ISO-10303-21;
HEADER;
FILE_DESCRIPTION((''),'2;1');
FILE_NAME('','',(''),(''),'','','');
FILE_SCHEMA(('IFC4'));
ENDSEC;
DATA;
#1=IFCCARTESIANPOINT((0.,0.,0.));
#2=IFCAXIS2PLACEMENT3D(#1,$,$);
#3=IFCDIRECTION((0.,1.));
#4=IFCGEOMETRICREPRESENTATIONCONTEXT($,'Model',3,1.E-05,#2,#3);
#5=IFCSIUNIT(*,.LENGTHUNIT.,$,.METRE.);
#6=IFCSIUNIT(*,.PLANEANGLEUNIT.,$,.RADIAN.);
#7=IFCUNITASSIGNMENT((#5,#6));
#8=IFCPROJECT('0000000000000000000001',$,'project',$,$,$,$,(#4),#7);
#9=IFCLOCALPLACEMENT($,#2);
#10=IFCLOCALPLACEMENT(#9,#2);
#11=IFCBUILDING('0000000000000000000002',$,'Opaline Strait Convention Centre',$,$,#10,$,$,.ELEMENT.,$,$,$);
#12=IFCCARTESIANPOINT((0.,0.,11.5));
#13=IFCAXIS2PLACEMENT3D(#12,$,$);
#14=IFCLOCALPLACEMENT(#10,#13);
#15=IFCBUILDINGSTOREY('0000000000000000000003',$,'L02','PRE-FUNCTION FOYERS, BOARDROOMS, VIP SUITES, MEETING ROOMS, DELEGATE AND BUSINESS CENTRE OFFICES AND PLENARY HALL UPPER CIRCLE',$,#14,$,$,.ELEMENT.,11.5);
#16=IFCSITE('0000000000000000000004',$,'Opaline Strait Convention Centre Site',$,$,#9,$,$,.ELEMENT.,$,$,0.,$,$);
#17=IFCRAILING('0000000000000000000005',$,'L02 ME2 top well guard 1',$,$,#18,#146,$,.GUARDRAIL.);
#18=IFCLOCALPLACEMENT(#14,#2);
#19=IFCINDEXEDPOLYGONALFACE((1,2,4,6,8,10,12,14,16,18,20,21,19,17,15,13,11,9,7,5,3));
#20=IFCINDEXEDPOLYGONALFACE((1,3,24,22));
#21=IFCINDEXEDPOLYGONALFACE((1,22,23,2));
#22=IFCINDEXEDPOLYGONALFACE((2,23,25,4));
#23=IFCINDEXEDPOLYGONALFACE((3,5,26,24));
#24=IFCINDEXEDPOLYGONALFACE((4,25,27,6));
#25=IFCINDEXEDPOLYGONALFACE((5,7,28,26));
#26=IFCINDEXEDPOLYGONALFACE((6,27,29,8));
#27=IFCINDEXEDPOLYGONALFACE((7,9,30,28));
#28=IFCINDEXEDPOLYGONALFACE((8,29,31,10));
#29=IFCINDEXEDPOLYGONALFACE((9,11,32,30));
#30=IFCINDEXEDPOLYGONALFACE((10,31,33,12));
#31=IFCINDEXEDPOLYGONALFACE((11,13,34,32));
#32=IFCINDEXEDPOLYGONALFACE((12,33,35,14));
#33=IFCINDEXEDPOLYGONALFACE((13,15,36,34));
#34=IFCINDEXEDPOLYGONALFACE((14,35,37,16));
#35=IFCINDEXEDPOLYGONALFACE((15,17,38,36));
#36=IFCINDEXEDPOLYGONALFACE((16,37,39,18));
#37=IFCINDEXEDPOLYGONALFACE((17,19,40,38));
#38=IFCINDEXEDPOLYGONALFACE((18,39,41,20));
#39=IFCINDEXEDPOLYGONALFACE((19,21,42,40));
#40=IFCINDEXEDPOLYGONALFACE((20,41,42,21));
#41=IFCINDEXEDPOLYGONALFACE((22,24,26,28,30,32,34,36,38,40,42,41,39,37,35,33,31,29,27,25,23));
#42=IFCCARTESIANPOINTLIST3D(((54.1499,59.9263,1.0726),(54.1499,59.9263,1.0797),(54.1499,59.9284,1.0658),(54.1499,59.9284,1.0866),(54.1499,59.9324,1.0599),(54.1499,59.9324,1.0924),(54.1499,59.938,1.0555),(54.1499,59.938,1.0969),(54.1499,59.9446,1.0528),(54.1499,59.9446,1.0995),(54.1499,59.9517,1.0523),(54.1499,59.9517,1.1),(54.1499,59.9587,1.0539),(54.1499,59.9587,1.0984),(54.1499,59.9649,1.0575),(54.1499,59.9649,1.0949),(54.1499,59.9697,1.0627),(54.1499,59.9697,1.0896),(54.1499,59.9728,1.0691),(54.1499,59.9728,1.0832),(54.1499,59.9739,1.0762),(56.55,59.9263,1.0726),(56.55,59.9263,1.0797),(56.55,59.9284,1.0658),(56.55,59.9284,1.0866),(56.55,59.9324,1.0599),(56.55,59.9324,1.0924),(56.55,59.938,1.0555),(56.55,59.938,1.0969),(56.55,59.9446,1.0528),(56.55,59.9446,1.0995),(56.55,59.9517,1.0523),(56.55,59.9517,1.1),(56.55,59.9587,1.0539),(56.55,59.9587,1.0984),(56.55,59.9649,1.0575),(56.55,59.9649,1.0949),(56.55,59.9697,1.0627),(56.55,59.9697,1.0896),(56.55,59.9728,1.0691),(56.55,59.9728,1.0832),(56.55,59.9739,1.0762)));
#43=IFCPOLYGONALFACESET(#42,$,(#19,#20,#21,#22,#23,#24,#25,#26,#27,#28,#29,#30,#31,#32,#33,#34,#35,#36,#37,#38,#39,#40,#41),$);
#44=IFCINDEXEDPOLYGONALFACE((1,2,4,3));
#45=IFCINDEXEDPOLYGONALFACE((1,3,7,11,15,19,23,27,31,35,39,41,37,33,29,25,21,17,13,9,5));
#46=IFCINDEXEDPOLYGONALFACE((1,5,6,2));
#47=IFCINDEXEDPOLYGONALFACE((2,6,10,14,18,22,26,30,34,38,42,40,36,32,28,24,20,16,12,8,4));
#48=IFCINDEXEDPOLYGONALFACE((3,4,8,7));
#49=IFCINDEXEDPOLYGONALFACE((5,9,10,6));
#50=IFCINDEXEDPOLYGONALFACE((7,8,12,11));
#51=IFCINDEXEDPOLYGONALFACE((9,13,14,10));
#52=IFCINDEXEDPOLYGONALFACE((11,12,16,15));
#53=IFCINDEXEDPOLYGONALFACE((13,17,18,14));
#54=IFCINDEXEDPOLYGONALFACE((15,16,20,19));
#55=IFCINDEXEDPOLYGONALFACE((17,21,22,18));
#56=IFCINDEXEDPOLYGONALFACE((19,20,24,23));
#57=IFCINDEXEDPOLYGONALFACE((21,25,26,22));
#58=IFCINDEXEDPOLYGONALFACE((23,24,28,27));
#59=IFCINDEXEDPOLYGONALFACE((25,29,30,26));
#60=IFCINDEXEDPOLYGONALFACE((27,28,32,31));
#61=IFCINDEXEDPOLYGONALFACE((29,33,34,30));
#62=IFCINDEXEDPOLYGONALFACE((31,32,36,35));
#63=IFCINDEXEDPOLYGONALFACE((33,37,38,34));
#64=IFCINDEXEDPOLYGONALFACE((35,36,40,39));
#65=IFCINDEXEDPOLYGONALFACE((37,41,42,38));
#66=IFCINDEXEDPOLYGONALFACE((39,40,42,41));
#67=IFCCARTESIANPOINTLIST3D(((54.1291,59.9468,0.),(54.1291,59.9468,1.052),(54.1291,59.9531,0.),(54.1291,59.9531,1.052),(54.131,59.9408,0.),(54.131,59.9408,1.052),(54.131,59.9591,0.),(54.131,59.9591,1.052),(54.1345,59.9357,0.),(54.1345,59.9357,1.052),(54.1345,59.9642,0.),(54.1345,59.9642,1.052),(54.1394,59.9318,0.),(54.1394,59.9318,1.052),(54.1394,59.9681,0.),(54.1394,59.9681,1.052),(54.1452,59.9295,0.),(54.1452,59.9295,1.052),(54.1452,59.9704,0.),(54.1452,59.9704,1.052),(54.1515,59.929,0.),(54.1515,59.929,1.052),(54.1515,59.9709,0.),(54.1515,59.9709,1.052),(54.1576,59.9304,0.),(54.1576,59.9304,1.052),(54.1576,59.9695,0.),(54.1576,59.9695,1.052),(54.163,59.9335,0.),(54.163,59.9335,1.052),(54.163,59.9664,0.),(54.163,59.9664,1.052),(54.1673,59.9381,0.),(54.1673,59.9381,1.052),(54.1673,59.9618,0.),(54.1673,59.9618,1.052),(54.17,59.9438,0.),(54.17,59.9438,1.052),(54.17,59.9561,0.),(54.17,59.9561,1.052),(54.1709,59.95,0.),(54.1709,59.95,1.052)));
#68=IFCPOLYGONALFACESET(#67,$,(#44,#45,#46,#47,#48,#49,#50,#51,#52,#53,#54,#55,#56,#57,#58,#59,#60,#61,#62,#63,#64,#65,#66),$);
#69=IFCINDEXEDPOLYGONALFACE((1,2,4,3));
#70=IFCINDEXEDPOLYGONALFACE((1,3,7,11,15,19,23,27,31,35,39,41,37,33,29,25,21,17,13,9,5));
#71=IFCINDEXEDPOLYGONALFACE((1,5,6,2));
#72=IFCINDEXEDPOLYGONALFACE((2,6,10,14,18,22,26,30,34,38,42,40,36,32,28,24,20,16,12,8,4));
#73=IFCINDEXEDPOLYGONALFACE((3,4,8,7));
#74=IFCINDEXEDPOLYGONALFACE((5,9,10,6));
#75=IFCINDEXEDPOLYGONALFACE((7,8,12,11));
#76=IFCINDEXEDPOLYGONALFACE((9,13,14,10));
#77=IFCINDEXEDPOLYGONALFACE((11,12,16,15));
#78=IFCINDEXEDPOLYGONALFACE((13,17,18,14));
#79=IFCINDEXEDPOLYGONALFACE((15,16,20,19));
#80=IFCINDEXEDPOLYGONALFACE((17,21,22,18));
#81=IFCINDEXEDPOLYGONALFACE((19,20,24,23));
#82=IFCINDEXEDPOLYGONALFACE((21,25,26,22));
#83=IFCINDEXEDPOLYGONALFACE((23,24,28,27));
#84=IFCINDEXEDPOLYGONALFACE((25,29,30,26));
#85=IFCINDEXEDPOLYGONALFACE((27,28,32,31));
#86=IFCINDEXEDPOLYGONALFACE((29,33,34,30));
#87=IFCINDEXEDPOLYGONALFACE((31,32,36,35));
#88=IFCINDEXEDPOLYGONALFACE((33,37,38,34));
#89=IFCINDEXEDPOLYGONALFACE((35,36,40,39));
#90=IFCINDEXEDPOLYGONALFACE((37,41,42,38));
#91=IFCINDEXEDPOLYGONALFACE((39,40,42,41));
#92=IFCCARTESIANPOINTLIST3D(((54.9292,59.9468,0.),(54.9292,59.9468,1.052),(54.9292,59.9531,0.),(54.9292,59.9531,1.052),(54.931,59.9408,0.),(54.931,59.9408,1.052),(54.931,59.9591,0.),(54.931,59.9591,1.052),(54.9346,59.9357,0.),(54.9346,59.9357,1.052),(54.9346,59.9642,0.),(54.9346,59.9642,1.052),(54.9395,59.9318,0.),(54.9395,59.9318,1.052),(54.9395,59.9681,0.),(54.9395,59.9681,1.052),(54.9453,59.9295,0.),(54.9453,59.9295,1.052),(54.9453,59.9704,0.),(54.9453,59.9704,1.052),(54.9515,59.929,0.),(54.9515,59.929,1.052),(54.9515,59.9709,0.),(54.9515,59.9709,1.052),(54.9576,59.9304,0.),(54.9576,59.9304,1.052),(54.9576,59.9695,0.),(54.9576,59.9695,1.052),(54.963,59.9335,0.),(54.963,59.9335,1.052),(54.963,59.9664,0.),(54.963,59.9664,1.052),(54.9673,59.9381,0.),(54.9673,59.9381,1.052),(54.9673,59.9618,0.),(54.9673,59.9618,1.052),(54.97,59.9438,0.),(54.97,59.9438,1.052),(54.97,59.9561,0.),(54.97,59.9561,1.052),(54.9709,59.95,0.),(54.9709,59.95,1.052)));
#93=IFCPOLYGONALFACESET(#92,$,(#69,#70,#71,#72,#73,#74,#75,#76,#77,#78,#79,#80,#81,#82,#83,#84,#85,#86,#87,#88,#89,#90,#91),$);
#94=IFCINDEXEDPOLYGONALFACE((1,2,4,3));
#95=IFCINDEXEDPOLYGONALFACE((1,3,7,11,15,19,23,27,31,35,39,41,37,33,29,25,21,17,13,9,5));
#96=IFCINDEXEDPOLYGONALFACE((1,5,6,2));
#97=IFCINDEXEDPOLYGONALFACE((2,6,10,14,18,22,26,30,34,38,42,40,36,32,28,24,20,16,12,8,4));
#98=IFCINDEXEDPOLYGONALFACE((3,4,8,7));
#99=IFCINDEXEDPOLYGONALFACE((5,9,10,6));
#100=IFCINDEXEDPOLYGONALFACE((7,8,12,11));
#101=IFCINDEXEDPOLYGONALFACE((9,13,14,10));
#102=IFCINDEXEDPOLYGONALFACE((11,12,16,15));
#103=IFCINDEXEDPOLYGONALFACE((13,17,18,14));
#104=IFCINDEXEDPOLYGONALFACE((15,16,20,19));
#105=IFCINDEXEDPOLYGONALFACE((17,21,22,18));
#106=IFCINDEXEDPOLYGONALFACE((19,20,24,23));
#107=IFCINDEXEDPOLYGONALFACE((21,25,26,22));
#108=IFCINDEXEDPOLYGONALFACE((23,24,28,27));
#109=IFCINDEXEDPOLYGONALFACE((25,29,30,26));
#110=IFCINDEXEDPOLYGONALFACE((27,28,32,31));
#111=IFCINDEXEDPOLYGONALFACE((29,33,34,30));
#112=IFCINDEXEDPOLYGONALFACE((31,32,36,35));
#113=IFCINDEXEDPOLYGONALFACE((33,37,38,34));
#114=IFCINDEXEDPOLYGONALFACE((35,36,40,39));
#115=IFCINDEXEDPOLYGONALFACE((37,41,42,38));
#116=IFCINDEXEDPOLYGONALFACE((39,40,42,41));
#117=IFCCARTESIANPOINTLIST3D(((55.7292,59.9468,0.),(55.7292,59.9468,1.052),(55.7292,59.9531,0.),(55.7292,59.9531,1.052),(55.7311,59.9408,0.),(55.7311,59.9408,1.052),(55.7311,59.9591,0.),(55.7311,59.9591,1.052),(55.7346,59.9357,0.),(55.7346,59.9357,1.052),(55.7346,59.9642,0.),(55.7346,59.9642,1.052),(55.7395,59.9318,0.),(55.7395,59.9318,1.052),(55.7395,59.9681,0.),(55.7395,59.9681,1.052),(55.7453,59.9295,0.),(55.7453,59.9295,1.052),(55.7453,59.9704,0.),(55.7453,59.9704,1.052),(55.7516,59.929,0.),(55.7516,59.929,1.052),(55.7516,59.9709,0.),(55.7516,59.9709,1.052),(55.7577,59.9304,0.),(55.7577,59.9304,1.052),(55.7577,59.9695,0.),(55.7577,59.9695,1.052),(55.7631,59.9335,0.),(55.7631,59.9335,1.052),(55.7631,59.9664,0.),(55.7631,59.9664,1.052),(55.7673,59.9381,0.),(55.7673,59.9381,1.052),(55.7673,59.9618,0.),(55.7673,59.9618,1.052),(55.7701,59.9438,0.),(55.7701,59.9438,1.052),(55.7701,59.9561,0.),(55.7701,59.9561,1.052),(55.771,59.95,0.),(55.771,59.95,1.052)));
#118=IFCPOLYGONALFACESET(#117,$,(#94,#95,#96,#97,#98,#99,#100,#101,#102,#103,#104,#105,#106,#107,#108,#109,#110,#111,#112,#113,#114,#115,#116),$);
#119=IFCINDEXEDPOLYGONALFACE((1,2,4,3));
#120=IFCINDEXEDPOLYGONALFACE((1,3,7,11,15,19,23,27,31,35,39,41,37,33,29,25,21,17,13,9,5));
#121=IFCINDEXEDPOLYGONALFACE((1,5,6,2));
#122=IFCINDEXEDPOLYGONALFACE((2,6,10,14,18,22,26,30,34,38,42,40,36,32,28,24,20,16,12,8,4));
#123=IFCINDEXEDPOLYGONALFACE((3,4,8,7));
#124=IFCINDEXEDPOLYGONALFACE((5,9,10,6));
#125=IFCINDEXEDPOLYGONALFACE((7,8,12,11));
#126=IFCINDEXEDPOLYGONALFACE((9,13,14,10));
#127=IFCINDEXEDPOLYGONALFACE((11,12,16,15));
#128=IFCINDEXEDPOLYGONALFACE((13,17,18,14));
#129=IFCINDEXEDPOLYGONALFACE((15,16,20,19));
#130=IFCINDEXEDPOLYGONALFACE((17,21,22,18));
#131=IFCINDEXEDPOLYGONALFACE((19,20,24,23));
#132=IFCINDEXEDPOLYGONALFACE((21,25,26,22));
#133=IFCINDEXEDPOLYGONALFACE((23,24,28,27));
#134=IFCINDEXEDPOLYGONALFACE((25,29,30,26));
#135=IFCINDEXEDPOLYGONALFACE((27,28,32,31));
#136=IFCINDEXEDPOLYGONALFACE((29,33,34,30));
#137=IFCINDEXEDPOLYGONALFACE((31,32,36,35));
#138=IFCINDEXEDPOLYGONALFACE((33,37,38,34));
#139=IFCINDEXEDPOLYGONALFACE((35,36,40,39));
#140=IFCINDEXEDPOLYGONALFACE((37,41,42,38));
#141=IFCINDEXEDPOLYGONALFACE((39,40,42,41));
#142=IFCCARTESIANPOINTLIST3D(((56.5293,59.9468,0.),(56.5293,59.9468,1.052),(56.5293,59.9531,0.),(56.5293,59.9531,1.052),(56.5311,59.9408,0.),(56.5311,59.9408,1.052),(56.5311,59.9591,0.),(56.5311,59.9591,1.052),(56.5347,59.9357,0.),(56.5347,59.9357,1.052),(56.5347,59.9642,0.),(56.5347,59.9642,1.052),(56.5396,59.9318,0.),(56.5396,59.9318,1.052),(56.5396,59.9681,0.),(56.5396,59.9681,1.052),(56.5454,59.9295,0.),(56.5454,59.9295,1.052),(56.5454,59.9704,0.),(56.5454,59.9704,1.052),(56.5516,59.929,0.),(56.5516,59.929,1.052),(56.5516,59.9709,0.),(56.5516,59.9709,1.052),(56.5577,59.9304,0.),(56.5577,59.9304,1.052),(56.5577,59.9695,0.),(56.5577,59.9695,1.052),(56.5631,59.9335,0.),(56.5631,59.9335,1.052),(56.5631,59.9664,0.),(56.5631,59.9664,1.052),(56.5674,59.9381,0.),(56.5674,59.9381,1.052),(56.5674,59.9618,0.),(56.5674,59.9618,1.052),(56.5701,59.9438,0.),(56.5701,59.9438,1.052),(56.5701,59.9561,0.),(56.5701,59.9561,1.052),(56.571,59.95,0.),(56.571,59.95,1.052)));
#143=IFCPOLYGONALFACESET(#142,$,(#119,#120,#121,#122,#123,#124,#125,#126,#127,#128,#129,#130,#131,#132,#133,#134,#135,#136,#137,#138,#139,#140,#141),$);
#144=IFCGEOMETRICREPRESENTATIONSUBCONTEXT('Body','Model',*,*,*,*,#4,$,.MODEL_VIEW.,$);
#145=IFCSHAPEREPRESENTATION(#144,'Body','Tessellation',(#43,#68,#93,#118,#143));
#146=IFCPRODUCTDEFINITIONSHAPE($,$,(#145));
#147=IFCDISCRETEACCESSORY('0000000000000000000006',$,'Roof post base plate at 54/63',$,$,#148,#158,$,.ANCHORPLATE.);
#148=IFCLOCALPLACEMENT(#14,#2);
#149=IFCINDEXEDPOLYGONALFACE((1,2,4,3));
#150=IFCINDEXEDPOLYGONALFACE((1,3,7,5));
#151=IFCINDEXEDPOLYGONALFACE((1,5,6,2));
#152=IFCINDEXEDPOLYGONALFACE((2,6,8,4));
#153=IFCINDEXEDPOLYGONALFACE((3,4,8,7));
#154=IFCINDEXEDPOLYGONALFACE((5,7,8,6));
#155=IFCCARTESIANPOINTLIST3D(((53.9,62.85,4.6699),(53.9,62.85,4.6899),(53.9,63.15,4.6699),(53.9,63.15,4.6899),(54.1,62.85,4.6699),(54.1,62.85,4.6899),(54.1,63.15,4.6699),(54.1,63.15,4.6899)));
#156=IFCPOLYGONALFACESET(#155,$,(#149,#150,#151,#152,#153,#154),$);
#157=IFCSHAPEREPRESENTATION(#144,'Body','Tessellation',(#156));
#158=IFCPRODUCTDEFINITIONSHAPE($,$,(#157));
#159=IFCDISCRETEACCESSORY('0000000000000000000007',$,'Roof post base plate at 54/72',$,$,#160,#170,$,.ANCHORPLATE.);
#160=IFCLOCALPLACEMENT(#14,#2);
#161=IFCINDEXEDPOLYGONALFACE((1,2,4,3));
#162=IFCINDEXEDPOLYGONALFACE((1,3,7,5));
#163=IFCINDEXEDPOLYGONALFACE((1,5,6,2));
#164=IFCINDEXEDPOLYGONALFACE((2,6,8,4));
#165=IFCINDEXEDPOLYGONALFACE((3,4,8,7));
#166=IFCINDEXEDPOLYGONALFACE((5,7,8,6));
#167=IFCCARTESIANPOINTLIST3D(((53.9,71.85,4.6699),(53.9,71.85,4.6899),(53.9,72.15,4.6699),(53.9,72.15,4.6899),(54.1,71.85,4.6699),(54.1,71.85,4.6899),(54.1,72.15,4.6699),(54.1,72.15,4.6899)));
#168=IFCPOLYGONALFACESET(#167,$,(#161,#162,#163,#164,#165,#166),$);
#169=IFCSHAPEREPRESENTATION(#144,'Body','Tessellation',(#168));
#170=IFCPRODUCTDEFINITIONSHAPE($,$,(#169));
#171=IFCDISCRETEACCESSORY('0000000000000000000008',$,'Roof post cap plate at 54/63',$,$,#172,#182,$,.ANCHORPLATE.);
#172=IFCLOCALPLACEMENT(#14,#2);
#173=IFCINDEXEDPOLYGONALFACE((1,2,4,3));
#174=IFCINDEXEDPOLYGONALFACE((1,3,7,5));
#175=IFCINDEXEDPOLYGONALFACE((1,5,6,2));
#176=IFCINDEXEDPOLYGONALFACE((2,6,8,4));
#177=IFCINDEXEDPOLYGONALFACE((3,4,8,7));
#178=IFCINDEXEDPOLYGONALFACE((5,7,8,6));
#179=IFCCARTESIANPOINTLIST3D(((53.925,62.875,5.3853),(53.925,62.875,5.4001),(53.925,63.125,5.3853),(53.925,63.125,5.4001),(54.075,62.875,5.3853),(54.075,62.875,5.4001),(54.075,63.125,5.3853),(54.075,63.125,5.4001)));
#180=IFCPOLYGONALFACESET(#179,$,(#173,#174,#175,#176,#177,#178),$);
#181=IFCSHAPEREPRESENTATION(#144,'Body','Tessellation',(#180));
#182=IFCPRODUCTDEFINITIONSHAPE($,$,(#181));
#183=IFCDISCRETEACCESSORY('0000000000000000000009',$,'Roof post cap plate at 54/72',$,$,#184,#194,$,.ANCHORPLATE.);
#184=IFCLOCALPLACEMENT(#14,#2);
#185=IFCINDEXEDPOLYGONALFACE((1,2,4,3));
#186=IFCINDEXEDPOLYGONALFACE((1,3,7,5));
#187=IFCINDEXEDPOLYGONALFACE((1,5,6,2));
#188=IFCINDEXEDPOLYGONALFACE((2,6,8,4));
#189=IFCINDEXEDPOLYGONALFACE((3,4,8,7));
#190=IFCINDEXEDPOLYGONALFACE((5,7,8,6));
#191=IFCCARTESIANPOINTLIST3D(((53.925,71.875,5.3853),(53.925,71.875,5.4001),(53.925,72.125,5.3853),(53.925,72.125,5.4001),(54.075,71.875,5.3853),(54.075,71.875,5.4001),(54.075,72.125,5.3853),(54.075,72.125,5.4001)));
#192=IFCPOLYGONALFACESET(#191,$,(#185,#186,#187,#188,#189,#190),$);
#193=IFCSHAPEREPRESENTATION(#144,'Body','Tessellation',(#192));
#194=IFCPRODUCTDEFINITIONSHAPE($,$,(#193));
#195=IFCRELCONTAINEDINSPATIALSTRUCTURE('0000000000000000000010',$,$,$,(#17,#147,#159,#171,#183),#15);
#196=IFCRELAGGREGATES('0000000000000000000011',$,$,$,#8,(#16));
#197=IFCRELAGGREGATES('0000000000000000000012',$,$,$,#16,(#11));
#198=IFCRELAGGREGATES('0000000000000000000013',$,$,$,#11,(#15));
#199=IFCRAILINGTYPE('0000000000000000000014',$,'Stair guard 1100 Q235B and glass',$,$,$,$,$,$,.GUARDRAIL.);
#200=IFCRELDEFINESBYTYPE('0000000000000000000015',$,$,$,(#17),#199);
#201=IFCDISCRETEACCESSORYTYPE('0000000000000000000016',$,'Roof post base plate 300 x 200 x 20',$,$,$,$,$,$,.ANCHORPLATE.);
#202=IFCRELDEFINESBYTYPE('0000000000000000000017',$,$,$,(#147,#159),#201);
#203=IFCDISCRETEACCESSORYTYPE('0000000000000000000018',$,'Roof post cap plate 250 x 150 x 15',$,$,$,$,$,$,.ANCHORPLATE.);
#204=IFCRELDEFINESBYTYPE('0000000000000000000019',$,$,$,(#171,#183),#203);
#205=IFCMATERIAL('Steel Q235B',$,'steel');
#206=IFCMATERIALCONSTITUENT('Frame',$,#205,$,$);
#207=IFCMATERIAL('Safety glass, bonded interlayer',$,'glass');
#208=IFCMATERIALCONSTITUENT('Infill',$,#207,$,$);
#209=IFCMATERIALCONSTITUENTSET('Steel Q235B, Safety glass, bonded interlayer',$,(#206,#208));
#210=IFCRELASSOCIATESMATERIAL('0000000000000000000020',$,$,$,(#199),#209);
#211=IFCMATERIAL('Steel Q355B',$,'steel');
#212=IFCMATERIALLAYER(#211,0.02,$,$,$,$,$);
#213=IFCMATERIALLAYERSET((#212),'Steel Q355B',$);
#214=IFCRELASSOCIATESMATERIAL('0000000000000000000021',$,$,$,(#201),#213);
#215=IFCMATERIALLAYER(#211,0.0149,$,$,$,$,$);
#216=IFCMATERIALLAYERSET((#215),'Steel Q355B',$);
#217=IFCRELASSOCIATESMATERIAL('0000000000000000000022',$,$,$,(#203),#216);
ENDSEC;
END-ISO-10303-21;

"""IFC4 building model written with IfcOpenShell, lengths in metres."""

from ifc_helpers import new_model, si_unit, direction, frame, origin, origin_2d, place, context, subcontext, project, spatial, rectangle, circle, extrude, material, layer, layer_set, constituent, constituent_set, type_object, element, save


model = new_model("IFC4")

# Units and contexts
model_context = context("Model", 3, precision=1e-05, world=origin(), true_north=direction((0.0, 1.0)))
body_context = subcontext(model_context, "Body", "Model", "MODEL_VIEW")
ifc_project = project(units=[si_unit("LENGTHUNIT", "METRE"), si_unit("PLANEANGLEUNIT", "RADIAN")], contexts=[model_context])

# Site, building, storey
site_placement = place(None, origin())
site = spatial("IfcSite", under=ifc_project, at=site_placement, Name="Opaline Strait Convention Centre Site", CompositionType="ELEMENT", RefElevation=0.0)
building_placement = place(site_placement, origin())
building = spatial("IfcBuilding", under=site, at=building_placement, Name="Opaline Strait Convention Centre", CompositionType="ELEMENT")
storey_placement = place(building_placement, frame((0.0, 0.0, 11.5)))
storey = spatial("IfcBuildingStorey", under=building, at=storey_placement, Name="L02", Description="PRE-FUNCTION FOYERS, BOARDROOMS, VIP SUITES, MEETING ROOMS, DELEGATE AND BUSINESS CENTRE OFFICES AND PLENARY HALL UPPER CIRCLE", CompositionType="ELEMENT", Elevation=11.5)

# Shared definitions
ifc_material_1 = material(Name="Steel Q355B", Category="steel")

# Railing
ifc_material_2 = material(Name="Steel Q235B", Category="steel")
ifc_constituent_1 = constituent(ifc_material_2, Name="Frame")
ifc_material_3 = material(Name="Safety glass, bonded interlayer", Category="glass")
ifc_constituent_2 = constituent(ifc_material_3, Name="Infill")
ifc_constituent_set = constituent_set(constituents=[ifc_constituent_1, ifc_constituent_2], Name="Steel Q235B, Safety glass, bonded interlayer")
railing_type = type_object("IfcRailingType", Name="Stair guard 1100 Q235B and glass", PredefinedType="GUARDRAIL", material=ifc_constituent_set)
railing_placement = place(storey_placement, frame((54.1499, 59.95, 0.0)))
element("IfcRailing", 1, at=railing_placement, inside=storey, type_object=railing_type, Name="L02 ME2 top well guard 1", PredefinedType="GUARDRAIL", context=body_context, shape_type="SweptSolid", body=[
    extrude(circle(Radius=0.0239, at=origin_2d()), frame((0.0, 0.0, 1.0762), z_axis=(1.0, 0.0, 0.0), x_axis=(0.0, 1.0, 0.0)), (0.0, 0.0, 1.0), 2.4001),
    extrude(circle(Radius=0.021, at=origin_2d()), origin(), (0.0, 0.0, 1.0), 1.052),
    extrude(circle(Radius=0.021, at=origin_2d()), frame((0.8, 0.0, 0.0)), (0.0, 0.0, 1.0), 1.052),
    extrude(circle(Radius=0.021, at=origin_2d()), frame((1.6001, 0.0, 0.0)), (0.0, 0.0, 1.0), 1.052),
    extrude(circle(Radius=0.021, at=origin_2d()), frame((2.4001, 0.0, 0.0)), (0.0, 0.0, 1.0), 1.052),
])

# Discrete accessories
ifc_layer_1 = layer(ifc_material_1, 0.02)
ifc_layer_set_1 = layer_set([ifc_layer_1], Name="Steel Q355B")
discrete_accessory_type_1 = type_object("IfcDiscreteAccessoryType", Name="Roof post base plate 300 x 200 x 20", PredefinedType="ANCHORPLATE", material=ifc_layer_set_1)
for number, where, z_axis, x_axis, name in (
    (2, (54.0, 63.0, 4.6699), (0.0, 0.0, 1.0), (1.0, 0.0, 0.0), "Roof post base plate at 54/63"),
    (3, (54.0, 72.0, 4.6699), (0.0, 0.0, 1.0), (1.0, 0.0, 0.0), "Roof post base plate at 54/72"),
):
    element("IfcDiscreteAccessory", number, at=place(storey_placement, frame(where, z_axis=z_axis, x_axis=x_axis)), inside=storey, type_object=discrete_accessory_type_1, Name=name, PredefinedType="ANCHORPLATE", context=body_context, shape_type="SweptSolid", body=[
        extrude(rectangle(XDim=0.2, YDim=0.3, at=origin_2d()), origin(), (0.0, 0.0, 1.0), 0.02),
    ])
ifc_layer_2 = layer(ifc_material_1, 0.0149)
ifc_layer_set_2 = layer_set([ifc_layer_2], Name="Steel Q355B")
discrete_accessory_type_2 = type_object("IfcDiscreteAccessoryType", Name="Roof post cap plate 250 x 150 x 15", PredefinedType="ANCHORPLATE", material=ifc_layer_set_2)
for number, where, z_axis, x_axis, name in (
    (4, (54.0, 63.0, 5.3853), (0.0, 0.0, 1.0), (1.0, 0.0, 0.0), "Roof post cap plate at 54/63"),
    (5, (54.0, 72.0, 5.3853), (0.0, 0.0, 1.0), (1.0, 0.0, 0.0), "Roof post cap plate at 54/72"),
):
    element("IfcDiscreteAccessory", number, at=place(storey_placement, frame(where, z_axis=z_axis, x_axis=x_axis)), inside=storey, type_object=discrete_accessory_type_2, Name=name, PredefinedType="ANCHORPLATE", context=body_context, shape_type="SweptSolid", body=[
        extrude(rectangle(XDim=0.1499, YDim=0.25, at=origin_2d()), origin(), (0.0, 0.0, 1.0), 0.0149),
    ])

save(model, "model.ifc")
